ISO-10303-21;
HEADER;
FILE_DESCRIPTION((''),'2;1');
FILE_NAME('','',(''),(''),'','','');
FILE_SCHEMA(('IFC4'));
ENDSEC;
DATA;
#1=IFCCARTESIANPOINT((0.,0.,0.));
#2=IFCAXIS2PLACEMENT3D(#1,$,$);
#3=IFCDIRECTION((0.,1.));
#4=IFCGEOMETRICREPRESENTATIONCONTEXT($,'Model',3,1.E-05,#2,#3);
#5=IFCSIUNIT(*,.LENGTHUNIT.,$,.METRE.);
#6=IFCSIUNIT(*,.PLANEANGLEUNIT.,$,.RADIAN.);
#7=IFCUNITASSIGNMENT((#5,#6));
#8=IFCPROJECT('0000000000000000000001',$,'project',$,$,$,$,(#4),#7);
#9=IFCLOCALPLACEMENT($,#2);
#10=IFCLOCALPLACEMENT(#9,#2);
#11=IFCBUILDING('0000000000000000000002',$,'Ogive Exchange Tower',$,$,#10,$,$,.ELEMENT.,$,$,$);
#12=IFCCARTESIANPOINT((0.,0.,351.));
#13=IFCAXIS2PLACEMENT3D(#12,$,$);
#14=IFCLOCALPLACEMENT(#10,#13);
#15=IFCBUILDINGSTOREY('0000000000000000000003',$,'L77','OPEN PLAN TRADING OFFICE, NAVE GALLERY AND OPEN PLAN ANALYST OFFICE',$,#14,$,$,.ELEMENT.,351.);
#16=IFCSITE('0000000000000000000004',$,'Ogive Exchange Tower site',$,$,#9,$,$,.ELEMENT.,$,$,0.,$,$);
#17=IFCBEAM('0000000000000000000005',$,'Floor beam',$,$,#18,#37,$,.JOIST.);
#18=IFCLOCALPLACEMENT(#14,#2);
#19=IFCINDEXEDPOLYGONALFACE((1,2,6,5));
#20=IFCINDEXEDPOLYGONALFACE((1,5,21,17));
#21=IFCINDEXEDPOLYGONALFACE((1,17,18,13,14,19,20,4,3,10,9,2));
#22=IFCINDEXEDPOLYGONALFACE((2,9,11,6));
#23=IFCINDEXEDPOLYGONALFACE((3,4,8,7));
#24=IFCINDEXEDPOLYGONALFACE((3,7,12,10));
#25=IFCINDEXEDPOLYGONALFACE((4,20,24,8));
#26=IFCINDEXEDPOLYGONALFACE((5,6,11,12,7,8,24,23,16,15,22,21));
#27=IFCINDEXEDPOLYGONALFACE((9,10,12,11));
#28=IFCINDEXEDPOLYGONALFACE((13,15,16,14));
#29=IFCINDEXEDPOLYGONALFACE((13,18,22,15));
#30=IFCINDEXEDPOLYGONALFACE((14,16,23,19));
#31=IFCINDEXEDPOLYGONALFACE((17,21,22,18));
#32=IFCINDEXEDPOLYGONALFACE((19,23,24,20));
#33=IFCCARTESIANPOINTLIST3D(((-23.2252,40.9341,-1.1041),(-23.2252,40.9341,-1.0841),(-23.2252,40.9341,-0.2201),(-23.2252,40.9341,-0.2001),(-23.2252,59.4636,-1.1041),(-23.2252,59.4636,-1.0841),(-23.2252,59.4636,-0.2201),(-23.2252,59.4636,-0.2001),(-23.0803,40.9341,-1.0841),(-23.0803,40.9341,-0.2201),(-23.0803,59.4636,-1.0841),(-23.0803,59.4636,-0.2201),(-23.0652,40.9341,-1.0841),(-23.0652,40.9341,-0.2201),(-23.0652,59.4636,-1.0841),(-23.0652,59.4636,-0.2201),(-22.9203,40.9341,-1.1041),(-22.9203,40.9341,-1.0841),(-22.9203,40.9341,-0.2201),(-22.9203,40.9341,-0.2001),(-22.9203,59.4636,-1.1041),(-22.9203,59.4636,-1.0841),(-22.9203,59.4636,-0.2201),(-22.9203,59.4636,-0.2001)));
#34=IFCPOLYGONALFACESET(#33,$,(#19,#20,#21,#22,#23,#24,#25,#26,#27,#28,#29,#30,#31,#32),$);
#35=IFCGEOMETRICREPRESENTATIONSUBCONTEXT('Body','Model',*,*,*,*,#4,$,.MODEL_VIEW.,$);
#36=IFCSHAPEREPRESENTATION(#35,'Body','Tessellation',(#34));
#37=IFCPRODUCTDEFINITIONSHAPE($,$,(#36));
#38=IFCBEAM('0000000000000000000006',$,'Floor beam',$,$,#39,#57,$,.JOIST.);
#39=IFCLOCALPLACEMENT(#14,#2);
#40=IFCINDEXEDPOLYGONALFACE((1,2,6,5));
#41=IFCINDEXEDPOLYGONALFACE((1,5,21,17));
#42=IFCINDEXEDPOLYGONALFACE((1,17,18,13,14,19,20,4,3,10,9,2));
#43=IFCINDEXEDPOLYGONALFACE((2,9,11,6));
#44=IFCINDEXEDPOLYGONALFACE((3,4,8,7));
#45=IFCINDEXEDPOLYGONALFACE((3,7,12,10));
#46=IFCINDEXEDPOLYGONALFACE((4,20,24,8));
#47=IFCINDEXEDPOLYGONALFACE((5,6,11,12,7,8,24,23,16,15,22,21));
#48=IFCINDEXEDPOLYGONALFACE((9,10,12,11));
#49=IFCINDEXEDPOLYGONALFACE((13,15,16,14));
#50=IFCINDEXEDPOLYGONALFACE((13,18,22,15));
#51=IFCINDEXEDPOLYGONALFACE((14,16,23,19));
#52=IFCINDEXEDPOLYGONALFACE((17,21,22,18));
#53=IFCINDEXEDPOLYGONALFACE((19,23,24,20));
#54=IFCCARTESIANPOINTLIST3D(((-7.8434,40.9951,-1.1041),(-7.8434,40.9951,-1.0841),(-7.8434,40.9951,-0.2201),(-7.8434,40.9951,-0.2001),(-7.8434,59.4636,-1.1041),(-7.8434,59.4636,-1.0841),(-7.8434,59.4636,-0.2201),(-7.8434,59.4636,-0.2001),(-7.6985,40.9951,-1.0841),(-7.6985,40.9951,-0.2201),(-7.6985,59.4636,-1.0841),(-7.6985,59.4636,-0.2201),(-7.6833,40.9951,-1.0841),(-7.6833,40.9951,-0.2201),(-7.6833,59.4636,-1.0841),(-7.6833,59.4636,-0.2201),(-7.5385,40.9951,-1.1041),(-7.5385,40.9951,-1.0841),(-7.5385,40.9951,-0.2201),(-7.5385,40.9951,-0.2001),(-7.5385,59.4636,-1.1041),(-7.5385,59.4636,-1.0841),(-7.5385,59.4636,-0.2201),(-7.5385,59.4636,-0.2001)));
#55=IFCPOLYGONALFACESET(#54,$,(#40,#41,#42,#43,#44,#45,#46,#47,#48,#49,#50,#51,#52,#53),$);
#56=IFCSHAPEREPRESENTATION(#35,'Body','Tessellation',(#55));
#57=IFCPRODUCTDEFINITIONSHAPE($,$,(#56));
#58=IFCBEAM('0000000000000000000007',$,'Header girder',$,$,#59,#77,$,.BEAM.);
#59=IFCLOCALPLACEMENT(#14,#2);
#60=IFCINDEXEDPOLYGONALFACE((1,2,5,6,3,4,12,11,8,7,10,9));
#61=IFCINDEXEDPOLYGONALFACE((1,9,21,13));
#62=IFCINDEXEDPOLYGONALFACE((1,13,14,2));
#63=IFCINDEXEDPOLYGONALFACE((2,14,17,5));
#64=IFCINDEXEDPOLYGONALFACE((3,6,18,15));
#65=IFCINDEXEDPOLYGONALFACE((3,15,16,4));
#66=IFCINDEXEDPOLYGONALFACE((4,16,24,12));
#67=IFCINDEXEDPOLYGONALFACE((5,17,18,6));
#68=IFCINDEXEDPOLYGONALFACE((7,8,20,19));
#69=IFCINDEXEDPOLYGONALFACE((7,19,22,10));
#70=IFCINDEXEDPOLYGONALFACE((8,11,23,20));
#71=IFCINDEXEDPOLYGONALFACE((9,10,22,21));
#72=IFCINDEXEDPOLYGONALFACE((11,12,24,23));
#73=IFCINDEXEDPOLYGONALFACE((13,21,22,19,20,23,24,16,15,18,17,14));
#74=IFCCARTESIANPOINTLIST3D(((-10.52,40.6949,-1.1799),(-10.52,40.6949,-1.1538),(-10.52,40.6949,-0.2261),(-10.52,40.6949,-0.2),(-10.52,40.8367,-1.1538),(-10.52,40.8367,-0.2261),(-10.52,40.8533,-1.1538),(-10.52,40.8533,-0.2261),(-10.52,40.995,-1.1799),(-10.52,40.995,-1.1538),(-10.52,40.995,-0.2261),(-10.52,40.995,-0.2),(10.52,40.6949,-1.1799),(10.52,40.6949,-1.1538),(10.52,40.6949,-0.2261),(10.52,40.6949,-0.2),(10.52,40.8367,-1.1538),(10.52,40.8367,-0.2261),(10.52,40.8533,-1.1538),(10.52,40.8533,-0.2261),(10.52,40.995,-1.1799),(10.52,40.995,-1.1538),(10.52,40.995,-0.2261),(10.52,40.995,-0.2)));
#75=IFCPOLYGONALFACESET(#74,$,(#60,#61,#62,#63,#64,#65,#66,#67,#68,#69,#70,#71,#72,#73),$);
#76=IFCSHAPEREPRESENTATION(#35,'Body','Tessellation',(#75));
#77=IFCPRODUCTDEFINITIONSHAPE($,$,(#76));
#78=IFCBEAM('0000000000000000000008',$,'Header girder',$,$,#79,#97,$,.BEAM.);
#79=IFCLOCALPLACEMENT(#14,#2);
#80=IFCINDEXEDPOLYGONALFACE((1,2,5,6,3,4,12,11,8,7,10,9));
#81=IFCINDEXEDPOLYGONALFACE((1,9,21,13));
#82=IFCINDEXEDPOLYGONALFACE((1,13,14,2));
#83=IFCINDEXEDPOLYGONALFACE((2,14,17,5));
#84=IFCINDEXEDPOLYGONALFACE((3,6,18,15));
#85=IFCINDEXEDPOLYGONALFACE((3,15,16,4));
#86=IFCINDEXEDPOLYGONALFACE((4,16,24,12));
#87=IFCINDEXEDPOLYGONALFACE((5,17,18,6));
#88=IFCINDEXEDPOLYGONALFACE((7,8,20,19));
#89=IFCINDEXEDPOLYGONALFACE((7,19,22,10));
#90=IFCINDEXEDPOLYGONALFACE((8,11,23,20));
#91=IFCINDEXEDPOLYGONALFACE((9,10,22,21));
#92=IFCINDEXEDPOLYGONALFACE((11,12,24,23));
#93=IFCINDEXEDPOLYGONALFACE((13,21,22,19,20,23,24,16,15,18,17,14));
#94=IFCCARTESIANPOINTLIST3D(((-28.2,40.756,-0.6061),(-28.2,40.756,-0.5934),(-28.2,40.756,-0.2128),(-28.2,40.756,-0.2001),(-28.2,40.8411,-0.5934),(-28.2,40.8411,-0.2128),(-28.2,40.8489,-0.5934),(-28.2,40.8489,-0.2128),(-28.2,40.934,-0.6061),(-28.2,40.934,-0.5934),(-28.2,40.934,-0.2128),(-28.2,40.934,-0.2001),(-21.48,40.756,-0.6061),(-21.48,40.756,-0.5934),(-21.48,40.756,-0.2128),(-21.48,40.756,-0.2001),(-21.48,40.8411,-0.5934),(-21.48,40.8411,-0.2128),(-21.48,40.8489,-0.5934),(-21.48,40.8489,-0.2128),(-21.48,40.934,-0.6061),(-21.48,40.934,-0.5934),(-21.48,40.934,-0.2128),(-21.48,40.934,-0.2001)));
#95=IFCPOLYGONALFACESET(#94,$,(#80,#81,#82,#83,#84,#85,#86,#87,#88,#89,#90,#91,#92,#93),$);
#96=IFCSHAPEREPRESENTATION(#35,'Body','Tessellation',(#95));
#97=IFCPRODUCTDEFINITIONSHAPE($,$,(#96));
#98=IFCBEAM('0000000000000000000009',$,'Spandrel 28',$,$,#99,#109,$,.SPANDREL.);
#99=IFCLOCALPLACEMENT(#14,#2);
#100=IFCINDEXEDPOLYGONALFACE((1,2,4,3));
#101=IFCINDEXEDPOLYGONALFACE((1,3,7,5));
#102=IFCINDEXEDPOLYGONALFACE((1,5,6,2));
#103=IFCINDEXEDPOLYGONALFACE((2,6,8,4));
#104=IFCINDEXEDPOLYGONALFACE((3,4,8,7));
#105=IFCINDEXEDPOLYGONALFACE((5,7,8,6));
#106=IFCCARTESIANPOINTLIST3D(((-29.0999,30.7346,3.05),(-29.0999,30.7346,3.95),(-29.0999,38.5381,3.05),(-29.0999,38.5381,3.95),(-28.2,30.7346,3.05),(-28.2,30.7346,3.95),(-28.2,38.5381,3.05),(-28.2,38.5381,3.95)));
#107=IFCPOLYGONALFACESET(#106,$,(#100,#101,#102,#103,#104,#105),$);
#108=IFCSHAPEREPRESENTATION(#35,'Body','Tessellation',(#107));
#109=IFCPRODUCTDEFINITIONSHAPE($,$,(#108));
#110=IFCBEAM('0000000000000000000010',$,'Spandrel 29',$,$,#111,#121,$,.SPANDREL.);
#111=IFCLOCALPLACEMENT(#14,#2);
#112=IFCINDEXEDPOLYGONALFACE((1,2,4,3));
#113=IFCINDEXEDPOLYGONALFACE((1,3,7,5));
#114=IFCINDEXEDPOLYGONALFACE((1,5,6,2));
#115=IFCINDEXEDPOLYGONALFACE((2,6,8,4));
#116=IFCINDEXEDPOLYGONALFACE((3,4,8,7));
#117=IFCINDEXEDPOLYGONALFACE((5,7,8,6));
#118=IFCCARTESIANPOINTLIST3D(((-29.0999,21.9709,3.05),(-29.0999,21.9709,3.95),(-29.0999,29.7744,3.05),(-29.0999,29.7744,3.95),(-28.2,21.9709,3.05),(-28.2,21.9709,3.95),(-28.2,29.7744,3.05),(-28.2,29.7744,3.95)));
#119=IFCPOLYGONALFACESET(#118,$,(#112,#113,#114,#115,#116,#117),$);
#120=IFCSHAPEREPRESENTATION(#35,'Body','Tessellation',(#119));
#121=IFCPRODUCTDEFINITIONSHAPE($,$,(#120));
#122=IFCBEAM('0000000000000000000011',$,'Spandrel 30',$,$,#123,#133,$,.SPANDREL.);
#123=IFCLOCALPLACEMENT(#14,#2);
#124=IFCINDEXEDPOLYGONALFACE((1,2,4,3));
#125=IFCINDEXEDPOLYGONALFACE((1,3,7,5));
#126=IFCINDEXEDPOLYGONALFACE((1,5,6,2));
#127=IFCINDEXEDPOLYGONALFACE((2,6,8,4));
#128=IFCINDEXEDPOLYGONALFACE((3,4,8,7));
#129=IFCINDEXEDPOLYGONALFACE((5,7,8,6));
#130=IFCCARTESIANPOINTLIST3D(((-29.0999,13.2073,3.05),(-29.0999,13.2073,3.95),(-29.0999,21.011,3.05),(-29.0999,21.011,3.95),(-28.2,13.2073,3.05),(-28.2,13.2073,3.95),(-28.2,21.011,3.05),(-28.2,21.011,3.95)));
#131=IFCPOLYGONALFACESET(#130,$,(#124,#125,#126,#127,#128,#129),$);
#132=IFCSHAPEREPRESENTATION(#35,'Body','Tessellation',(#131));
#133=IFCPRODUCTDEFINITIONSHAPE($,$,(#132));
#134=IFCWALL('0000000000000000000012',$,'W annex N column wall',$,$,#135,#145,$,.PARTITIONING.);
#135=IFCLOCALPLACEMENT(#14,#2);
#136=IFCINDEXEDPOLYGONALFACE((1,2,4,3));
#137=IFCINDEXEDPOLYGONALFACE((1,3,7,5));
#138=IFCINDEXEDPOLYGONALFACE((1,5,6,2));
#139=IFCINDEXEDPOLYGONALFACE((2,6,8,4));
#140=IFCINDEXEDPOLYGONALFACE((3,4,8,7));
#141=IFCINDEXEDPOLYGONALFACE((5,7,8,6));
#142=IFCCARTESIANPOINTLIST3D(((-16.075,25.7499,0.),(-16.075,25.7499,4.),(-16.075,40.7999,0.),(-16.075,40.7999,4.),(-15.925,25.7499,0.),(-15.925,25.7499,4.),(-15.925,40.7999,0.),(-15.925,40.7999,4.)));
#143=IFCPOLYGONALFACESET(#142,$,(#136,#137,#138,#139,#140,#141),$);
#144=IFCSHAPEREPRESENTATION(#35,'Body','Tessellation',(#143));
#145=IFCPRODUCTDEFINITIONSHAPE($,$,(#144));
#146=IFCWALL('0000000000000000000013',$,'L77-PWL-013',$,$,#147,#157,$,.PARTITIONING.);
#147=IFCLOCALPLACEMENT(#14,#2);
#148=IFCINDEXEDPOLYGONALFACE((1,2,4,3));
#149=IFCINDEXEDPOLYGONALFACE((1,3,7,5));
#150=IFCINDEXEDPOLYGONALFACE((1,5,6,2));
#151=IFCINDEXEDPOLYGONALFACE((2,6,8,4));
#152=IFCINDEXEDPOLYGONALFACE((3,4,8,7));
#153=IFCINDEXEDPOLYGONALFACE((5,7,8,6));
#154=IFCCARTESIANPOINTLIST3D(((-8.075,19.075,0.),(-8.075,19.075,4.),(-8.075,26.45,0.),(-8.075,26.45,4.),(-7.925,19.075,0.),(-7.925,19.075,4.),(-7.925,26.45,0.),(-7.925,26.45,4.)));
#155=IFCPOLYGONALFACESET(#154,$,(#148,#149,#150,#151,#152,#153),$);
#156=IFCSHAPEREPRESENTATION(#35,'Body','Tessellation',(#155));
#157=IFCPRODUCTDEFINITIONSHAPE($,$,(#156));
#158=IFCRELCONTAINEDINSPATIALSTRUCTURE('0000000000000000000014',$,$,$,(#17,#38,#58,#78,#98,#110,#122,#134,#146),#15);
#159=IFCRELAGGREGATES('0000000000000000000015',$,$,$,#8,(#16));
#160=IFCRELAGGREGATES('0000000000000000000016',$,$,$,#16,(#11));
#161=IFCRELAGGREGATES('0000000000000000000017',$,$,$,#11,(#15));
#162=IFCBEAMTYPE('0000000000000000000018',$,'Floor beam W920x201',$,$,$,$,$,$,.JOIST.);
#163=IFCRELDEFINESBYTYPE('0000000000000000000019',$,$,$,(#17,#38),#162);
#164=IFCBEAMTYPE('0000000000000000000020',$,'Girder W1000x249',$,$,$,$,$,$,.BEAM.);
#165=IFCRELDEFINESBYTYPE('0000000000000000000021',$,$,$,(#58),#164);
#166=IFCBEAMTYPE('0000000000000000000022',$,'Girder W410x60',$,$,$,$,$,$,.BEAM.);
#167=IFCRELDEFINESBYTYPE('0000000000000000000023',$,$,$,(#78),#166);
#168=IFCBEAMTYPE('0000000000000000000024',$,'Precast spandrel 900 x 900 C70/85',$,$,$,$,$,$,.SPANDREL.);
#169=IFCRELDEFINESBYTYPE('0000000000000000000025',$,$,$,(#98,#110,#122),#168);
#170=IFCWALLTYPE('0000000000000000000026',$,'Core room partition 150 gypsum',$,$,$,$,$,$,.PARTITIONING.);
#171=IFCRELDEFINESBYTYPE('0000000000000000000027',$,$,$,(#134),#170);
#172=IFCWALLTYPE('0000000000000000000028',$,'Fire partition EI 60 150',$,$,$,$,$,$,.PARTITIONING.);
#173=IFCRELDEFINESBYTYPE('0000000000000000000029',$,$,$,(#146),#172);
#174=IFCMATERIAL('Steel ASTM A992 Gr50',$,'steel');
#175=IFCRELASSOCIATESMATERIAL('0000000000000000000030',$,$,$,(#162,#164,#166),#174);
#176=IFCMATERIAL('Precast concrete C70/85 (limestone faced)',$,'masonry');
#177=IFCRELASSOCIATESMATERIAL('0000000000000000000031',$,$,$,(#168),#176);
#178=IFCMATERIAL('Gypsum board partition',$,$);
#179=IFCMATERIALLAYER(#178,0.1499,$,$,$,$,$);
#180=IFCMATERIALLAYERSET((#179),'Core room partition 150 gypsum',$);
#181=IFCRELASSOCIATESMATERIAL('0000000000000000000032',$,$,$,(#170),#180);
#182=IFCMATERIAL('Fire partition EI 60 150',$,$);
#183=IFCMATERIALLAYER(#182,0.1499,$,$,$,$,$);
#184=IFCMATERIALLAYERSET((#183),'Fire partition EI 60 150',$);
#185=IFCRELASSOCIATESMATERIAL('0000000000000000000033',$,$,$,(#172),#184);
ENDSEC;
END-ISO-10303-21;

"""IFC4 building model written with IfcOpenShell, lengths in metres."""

from ifc_helpers import new_model, si_unit, direction, frame, frame_2d, origin, origin_2d, place, context, subcontext, project, spatial, rectangle, i_section, extrude, material, layer, layer_set, material_profile, profile_set, type_object, element, save


model = new_model("IFC4")

# Units and contexts
model_context = context("Model", 3, precision=1e-05, world=origin(), true_north=direction((0.0, 1.0)))
body_context = subcontext(model_context, "Body", "Model", "MODEL_VIEW")
ifc_project = project(units=[si_unit("LENGTHUNIT", "METRE"), si_unit("PLANEANGLEUNIT", "RADIAN")], contexts=[model_context])

# Site, building, storey
site_placement = place(None, origin())
site = spatial("IfcSite", under=ifc_project, at=site_placement, Name="Ogive Exchange Tower site", CompositionType="ELEMENT", RefElevation=0.0)
building_placement = place(site_placement, origin())
building = spatial("IfcBuilding", under=site, at=building_placement, Name="Ogive Exchange Tower", CompositionType="ELEMENT")
storey_placement = place(building_placement, frame((0.0, 0.0, 351.0)))
storey = spatial("IfcBuildingStorey", under=building, at=storey_placement, Name="L77", Description="OPEN PLAN TRADING OFFICE, NAVE GALLERY AND OPEN PLAN ANALYST OFFICE", CompositionType="ELEMENT", Elevation=351.0)

# Shared definitions
ifc_material_1 = material(Name="Precast concrete C70/85 (limestone faced)", Category="masonry")

# Beams
ifc_material_2 = material(Name="Steel ASTM A992 Gr50", Category="steel")
ifc_material_profile_1 = material_profile(ifc_material_2, i_section(OverallWidth=0.3049, OverallDepth=0.9041, WebThickness=0.0151, FlangeThickness=0.02, at=origin_2d()), Name="W920x201")
ifc_profile_set_1 = profile_set([ifc_material_profile_1], Name="Steel ASTM A992 Gr50")
beam_type_1 = type_object("IfcBeamType", Name="Floor beam W920x201", PredefinedType="JOIST", material=ifc_profile_set_1)
beam_1_placement = place(storey_placement, frame((-23.0728, 40.9341, -0.6521), z_axis=(0.0, 1.0, 0.0), x_axis=(-1.0, 0.0, 0.0)))
element("IfcBeam", 1, at=beam_1_placement, inside=storey, type_object=beam_type_1, Name="Floor beam", PredefinedType="JOIST", context=body_context, shape_type="SweptSolid", body=[
    extrude(i_section(OverallWidth=0.3049, OverallDepth=0.9041, WebThickness=0.0151, FlangeThickness=0.02, at=origin_2d()), origin(), (0.0, 0.0, 1.0), 18.5295),
])
beam_2_placement = place(storey_placement, frame((-7.6909, 40.9951, -0.6521), z_axis=(0.0, 1.0, 0.0), x_axis=(-1.0, 0.0, 0.0)))
element("IfcBeam", 2, at=beam_2_placement, inside=storey, type_object=beam_type_1, Name="Floor beam", PredefinedType="JOIST", context=body_context, shape_type="SweptSolid", body=[
    extrude(i_section(OverallWidth=0.3049, OverallDepth=0.9041, WebThickness=0.0151, FlangeThickness=0.02, at=origin_2d()), origin(), (0.0, 0.0, 1.0), 18.4685),
])
ifc_material_profile_2 = material_profile(ifc_material_2, i_section(OverallWidth=0.3, OverallDepth=0.98, WebThickness=0.0166, FlangeThickness=0.0261, at=origin_2d()), Name="W1000x249")
ifc_profile_set_2 = profile_set([ifc_material_profile_2], Name="Steel ASTM A992 Gr50")
beam_type_2 = type_object("IfcBeamType", Name="Girder W1000x249", PredefinedType="BEAM", material=ifc_profile_set_2)
beam_3_placement = place(storey_placement, frame((-10.52, 40.845, -0.6899), z_axis=(1.0, 0.0, 0.0), x_axis=(0.0, 1.0, 0.0)))
element("IfcBeam", 3, at=beam_3_placement, inside=storey, type_object=beam_type_2, Name="Header girder", PredefinedType="BEAM", context=body_context, shape_type="SweptSolid", body=[
    extrude(i_section(OverallWidth=0.3, OverallDepth=0.98, WebThickness=0.0166, FlangeThickness=0.0261, at=origin_2d()), origin(), (0.0, 0.0, 1.0), 21.04),
])
ifc_material_profile_3 = material_profile(ifc_material_2, i_section(OverallWidth=0.178, OverallDepth=0.406, WebThickness=0.0078, FlangeThickness=0.0127, at=origin_2d()), Name="W410x60")
ifc_profile_set_3 = profile_set([ifc_material_profile_3], Name="Steel ASTM A992 Gr50")
beam_type_3 = type_object("IfcBeamType", Name="Girder W410x60", PredefinedType="BEAM", material=ifc_profile_set_3)
beam_4_placement = place(storey_placement, frame((-28.2, 40.845, -0.4031), z_axis=(1.0, 0.0, 0.0), x_axis=(0.0, 1.0, 0.0)))
element("IfcBeam", 4, at=beam_4_placement, inside=storey, type_object=beam_type_3, Name="Header girder", PredefinedType="BEAM", context=body_context, shape_type="SweptSolid", body=[
    extrude(i_section(OverallWidth=0.178, OverallDepth=0.406, WebThickness=0.0078, FlangeThickness=0.0127, at=origin_2d()), origin(), (0.0, 0.0, 1.0), 6.72),
])
ifc_material_profile_4 = material_profile(ifc_material_1, rectangle(XDim=0.8999, YDim=0.8999, at=origin_2d()), Name="900 x 900")
ifc_profile_set_4 = profile_set([ifc_material_profile_4], Name="Precast concrete C70/85 (limestone faced)")
beam_type_4 = type_object("IfcBeamType", Name="Precast spandrel 900 x 900 C70/85", PredefinedType="SPANDREL", material=ifc_profile_set_4)
for number, where, z_axis, x_axis, name in (
    (5, (-28.6499, 38.5381, 3.5), (0.0, -1.0, 0.0), (1.0, 0.0, 0.0), "Spandrel 28"),
    (6, (-28.6499, 29.7744, 3.5), (0.0, -1.0, 0.0), (1.0, 0.0, 0.0), "Spandrel 29"),
):
    element("IfcBeam", number, at=place(storey_placement, frame(where, z_axis=z_axis, x_axis=x_axis)), inside=storey, type_object=beam_type_4, Name=name, PredefinedType="SPANDREL", context=body_context, shape_type="SweptSolid", body=[
        extrude(rectangle(XDim=0.8999, YDim=0.8999, at=origin_2d()), origin(), (0.0, 0.0, 1.0), 7.8035),
    ])
beam_5_placement = place(storey_placement, frame((-28.6499, 21.011, 3.5), z_axis=(0.0, -1.0, 0.0), x_axis=(1.0, 0.0, 0.0)))
element("IfcBeam", 7, at=beam_5_placement, inside=storey, type_object=beam_type_4, Name="Spandrel 30", PredefinedType="SPANDREL", context=body_context, shape_type="SweptSolid", body=[
    extrude(rectangle(XDim=0.8999, YDim=0.8999, at=origin_2d()), origin(), (0.0, 0.0, 1.0), 7.8037),
])

# Walls
ifc_material_3 = material(Name="Gypsum board partition")
ifc_layer_1 = layer(ifc_material_3, 0.1499)
ifc_layer_set_1 = layer_set([ifc_layer_1], Name="Core room partition 150 gypsum")
wall_type_1 = type_object("IfcWallType", Name="Core room partition 150 gypsum", PredefinedType="PARTITIONING", material=ifc_layer_set_1)
wall_1_placement = place(storey_placement, frame((-16.0, 25.75, 0.0), z_axis=(0.0, 0.0, 1.0), x_axis=(0.0, 1.0, 0.0)))
element("IfcWall", 8, at=wall_1_placement, inside=storey, type_object=wall_type_1, Name="W annex N column wall", PredefinedType="PARTITIONING", context=body_context, shape_type="SweptSolid", body=[
    extrude(rectangle(XDim=15.05, YDim=0.1499, at=frame_2d((7.5249, 0.0))), origin(), (0.0, 0.0, 1.0), 4.0),
])
ifc_material_4 = material(Name="Fire partition EI 60 150")
ifc_layer_2 = layer(ifc_material_4, 0.1499)
ifc_layer_set_2 = layer_set([ifc_layer_2], Name="Fire partition EI 60 150")
wall_type_2 = type_object("IfcWallType", Name="Fire partition EI 60 150", PredefinedType="PARTITIONING", material=ifc_layer_set_2)
wall_2_placement = place(storey_placement, frame((-8.0, 26.45, 0.0), z_axis=(0.0, 0.0, 1.0), x_axis=(0.0, -1.0, 0.0)))
element("IfcWall", 9, at=wall_2_placement, inside=storey, type_object=wall_type_2, Name="L77-PWL-013", PredefinedType="PARTITIONING", context=body_context, shape_type="SweptSolid", body=[
    extrude(rectangle(XDim=7.375, YDim=0.1499, at=frame_2d((3.6875, 0.0))), origin(), (0.0, 0.0, 1.0), 4.0),
])

save(model, "model.ifc")
